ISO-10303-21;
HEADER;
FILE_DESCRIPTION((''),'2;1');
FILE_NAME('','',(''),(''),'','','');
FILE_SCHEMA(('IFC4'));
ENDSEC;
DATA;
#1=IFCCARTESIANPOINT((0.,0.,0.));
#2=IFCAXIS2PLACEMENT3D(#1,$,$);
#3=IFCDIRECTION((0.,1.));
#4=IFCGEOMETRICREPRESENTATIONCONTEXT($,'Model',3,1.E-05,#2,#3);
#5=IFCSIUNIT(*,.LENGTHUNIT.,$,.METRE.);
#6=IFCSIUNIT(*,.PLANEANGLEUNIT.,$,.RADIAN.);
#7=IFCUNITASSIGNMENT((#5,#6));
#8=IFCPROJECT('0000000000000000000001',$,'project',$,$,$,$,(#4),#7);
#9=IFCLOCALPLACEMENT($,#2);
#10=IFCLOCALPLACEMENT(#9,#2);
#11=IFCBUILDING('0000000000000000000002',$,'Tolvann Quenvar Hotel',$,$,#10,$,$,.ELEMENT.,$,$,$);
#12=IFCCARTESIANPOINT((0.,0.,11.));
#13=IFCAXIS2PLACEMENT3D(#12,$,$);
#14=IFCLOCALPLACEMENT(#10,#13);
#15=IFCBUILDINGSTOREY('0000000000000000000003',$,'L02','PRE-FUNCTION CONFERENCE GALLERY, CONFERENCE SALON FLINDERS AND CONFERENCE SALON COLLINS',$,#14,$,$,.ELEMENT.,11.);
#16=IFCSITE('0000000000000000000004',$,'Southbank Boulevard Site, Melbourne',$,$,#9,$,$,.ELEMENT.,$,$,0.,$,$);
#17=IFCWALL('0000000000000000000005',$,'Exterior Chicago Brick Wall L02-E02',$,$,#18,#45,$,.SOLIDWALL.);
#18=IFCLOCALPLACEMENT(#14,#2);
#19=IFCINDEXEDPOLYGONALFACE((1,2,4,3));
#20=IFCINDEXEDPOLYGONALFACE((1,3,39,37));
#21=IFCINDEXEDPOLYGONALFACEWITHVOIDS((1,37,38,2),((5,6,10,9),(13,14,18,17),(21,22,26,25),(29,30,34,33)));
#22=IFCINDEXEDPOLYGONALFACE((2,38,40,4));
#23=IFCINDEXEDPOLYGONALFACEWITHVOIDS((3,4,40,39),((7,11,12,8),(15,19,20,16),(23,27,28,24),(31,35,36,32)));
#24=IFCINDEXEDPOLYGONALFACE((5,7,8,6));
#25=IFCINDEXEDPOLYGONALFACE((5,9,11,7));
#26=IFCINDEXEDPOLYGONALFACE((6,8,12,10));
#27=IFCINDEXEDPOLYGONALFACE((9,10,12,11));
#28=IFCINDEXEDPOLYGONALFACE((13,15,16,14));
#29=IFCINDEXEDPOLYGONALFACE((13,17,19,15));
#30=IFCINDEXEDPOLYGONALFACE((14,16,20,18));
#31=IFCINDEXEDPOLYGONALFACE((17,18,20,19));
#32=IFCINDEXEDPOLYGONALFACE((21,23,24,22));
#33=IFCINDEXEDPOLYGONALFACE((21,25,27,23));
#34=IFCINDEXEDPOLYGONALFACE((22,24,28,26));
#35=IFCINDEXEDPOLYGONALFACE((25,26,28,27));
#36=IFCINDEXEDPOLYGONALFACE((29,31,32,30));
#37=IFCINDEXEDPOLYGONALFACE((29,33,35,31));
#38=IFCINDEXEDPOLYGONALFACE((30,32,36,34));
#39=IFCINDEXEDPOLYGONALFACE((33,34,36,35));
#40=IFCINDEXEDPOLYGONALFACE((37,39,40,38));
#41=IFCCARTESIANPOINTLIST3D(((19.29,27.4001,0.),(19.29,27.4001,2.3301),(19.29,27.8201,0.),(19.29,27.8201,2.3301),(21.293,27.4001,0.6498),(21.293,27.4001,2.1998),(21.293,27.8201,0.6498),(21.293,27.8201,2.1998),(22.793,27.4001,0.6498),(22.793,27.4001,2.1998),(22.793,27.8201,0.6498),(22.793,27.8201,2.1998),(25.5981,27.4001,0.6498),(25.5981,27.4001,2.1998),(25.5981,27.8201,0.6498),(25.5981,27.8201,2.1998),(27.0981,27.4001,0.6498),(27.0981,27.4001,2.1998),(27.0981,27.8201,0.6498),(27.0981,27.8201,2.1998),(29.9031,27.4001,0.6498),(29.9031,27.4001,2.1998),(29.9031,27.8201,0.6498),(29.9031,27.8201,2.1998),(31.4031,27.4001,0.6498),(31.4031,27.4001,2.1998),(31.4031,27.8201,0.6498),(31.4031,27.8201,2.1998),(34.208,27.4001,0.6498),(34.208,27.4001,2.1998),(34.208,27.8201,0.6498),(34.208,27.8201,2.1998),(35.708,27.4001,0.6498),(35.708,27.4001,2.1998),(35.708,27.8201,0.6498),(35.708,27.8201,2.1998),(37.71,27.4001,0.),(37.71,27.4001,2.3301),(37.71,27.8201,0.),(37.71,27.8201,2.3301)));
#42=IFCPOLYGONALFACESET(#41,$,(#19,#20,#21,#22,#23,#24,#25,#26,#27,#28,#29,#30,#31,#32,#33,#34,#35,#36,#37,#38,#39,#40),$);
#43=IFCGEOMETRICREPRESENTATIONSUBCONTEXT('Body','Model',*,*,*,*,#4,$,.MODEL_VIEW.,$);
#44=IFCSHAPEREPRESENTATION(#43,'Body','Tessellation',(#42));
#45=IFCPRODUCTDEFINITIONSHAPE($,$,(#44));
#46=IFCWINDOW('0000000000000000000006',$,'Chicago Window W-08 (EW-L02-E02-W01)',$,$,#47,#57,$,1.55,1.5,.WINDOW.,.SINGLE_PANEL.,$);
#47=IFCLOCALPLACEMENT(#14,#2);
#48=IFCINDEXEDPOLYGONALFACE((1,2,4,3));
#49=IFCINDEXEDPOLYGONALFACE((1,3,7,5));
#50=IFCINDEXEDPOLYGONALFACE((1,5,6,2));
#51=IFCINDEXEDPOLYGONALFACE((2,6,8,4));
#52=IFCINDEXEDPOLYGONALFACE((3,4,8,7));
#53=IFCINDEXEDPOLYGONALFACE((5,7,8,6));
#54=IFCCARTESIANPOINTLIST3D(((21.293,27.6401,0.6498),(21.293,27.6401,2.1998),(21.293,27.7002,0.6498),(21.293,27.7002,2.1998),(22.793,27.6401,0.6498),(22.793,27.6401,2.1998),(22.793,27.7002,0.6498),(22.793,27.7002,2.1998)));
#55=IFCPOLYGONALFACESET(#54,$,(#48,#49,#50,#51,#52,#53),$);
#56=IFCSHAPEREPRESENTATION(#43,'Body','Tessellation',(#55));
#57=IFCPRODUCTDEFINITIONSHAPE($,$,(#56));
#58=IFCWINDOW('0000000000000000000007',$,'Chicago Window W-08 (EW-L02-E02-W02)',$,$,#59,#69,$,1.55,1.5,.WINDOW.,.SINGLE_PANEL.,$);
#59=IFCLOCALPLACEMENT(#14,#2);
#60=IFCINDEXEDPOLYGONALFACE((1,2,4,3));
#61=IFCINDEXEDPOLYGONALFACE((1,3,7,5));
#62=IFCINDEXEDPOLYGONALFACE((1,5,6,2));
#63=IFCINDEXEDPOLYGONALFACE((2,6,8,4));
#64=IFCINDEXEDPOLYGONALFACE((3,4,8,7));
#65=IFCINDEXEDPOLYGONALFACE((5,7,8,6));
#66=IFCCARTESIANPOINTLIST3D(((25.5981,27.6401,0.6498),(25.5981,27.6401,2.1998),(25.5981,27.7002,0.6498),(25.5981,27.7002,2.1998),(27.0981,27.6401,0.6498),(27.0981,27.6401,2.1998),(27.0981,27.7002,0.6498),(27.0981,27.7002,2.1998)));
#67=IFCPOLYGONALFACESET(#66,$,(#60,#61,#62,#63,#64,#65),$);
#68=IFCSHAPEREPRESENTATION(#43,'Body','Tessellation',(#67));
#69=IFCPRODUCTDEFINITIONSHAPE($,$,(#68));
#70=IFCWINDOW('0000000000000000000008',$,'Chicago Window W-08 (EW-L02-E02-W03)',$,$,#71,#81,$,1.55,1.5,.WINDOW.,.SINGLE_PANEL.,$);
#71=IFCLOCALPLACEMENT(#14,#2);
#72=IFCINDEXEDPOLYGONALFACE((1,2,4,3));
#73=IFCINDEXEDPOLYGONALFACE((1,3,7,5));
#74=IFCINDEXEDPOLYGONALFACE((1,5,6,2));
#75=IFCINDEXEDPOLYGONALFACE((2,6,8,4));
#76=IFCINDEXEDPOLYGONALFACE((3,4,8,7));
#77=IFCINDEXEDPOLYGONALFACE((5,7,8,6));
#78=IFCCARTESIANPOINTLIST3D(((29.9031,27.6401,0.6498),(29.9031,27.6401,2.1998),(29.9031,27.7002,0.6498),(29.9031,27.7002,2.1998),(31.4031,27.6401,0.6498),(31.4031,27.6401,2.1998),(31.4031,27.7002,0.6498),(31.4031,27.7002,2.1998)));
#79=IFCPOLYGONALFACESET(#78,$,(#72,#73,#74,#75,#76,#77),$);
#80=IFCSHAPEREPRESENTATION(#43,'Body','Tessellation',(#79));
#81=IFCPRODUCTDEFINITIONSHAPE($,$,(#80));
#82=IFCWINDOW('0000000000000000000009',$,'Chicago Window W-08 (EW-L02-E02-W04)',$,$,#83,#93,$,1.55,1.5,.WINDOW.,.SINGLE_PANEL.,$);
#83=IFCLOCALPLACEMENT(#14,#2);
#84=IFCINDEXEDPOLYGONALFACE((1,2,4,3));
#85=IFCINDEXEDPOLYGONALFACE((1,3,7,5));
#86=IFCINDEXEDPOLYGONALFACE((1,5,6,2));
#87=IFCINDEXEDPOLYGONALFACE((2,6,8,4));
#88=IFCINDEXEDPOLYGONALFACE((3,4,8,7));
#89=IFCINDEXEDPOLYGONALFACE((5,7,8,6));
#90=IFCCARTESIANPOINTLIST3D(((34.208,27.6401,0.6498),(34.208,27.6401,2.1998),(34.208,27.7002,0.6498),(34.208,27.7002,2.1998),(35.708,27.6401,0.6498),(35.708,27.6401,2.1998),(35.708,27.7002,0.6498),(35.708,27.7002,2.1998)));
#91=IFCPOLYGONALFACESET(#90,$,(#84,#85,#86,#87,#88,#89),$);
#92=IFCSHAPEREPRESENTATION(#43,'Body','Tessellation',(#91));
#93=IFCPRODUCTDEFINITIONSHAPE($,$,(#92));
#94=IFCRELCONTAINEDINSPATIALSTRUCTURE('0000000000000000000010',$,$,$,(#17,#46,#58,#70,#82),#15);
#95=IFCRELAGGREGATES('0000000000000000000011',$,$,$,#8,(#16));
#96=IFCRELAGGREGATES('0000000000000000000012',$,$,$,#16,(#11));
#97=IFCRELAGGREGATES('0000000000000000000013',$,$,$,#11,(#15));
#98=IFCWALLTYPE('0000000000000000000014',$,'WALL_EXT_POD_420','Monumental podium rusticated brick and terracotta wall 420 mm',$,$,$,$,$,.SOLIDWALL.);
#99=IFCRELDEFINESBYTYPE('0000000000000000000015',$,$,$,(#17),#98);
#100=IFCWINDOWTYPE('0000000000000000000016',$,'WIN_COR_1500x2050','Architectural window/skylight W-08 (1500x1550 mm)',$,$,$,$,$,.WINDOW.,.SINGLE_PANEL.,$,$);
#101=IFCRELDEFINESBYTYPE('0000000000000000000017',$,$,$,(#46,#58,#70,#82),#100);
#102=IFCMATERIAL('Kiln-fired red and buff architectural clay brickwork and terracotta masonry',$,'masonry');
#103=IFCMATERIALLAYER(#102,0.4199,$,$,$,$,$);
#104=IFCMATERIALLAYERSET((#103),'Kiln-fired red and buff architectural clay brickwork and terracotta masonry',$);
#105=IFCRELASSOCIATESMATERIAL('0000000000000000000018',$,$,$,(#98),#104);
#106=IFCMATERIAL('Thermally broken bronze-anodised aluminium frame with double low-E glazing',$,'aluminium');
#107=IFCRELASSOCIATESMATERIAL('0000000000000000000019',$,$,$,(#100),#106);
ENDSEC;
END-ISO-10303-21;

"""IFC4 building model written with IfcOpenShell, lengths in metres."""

from ifc_helpers import new_model, si_unit, direction, frame, frame_2d, origin, place, context, subcontext, project, spatial, rectangle, extrude, source, transform, mapped, material, layer, layer_set, type_object, type_shapes, element, fill, save


model = new_model("IFC4")

# Units and contexts
model_context = context("Model", 3, precision=1e-05, world=origin(), true_north=direction((0.0, 1.0)))
body_context = subcontext(model_context, "Body", "Model", "MODEL_VIEW")
ifc_project = project(units=[si_unit("LENGTHUNIT", "METRE"), si_unit("PLANEANGLEUNIT", "RADIAN")], contexts=[model_context])

# Site, building, storey
site_placement = place(None, origin())
site = spatial("IfcSite", under=ifc_project, at=site_placement, Name="Southbank Boulevard Site, Melbourne", CompositionType="ELEMENT", RefElevation=0.0)
building_placement = place(site_placement, origin())
building = spatial("IfcBuilding", under=site, at=building_placement, Name="Tolvann Quenvar Hotel", CompositionType="ELEMENT")
storey_placement = place(building_placement, frame((0.0, 0.0, 11.0)))
storey = spatial("IfcBuildingStorey", under=building, at=storey_placement, Name="L02", Description="PRE-FUNCTION CONFERENCE GALLERY, CONFERENCE SALON FLINDERS AND CONFERENCE SALON COLLINS", CompositionType="ELEMENT", Elevation=11.0)

# Wall, openings, windows
ifc_material_1 = material(Name="Kiln-fired red and buff architectural clay brickwork and terracotta masonry", Category="masonry")
ifc_layer_1 = layer(ifc_material_1, 0.4199)
ifc_layer_set_1 = layer_set([ifc_layer_1], Name="Kiln-fired red and buff architectural clay brickwork and terracotta masonry")
wall_type = type_object("IfcWallType", Name="WALL_EXT_POD_420", Description="Monumental podium rusticated brick and terracotta wall 420 mm", PredefinedType="SOLIDWALL", material=ifc_layer_set_1)
wall_placement = place(storey_placement, frame((19.29, 27.6101, 0.0), z_axis=(0.0, 0.0, 1.0), x_axis=(1.0, 0.0, 0.0)))
wall = element("IfcWall", 1, at=wall_placement, inside=storey, type_object=wall_type, Name="Exterior Chicago Brick Wall L02-E02", PredefinedType="SOLIDWALL", context=body_context, shape_type="SweptSolid", body=[
    extrude(rectangle(XDim=18.4199, YDim=0.4199, at=frame_2d((9.21, 0.0))), origin(), (0.0, 0.0, 1.0), 2.3301),
])
opening_1_placement = place(wall_placement, frame((2.0029, 0.0, 0.6499)))
opening_1 = element("IfcOpeningElement", 2, at=opening_1_placement, cuts=wall, PredefinedType="OPENING", context=body_context, shape_type="SweptSolid", body=[
    extrude(rectangle(XDim=1.5, YDim=1.55, at=frame_2d((0.75, 0.7749))), frame((0.0, 0.22, 0.0), z_axis=(0.0, -1.0, 0.0), x_axis=(1.0, 0.0, 0.0)), (0.0, 0.0, 1.0), 0.4399),
])
opening_2_placement = place(wall_placement, frame((6.3081, 0.0, 0.6499)))
opening_2 = element("IfcOpeningElement", 3, at=opening_2_placement, cuts=wall, PredefinedType="OPENING", context=body_context, shape_type="SweptSolid", body=[
    extrude(rectangle(XDim=1.5, YDim=1.55, at=frame_2d((0.75, 0.7749))), frame((0.0, 0.22, 0.0), z_axis=(0.0, -1.0, 0.0), x_axis=(1.0, 0.0, 0.0)), (0.0, 0.0, 1.0), 0.4399),
])
opening_3_placement = place(wall_placement, frame((10.613, 0.0, 0.6499)))
opening_3 = element("IfcOpeningElement", 4, at=opening_3_placement, cuts=wall, PredefinedType="OPENING", context=body_context, shape_type="SweptSolid", body=[
    extrude(rectangle(XDim=1.5, YDim=1.55, at=frame_2d((0.75, 0.7749))), frame((0.0, 0.22, 0.0), z_axis=(0.0, -1.0, 0.0), x_axis=(1.0, 0.0, 0.0)), (0.0, 0.0, 1.0), 0.4399),
])
opening_4_placement = place(wall_placement, frame((14.918, 0.0, 0.6499)))
opening_4 = element("IfcOpeningElement", 5, at=opening_4_placement, cuts=wall, PredefinedType="OPENING", context=body_context, shape_type="SweptSolid", body=[
    extrude(rectangle(XDim=1.5, YDim=1.55, at=frame_2d((0.75, 0.7749))), frame((0.0, 0.22, 0.0), z_axis=(0.0, -1.0, 0.0), x_axis=(1.0, 0.0, 0.0)), (0.0, 0.0, 1.0), 0.4399),
])
ifc_material_2 = material(Name="Thermally broken bronze-anodised aluminium frame with double low-E glazing", Category="aluminium")
window_type = type_object("IfcWindowType", Name="WIN_COR_1500x2050", Description="Architectural window/skylight W-08 (1500x1550 mm)", PartitioningType="SINGLE_PANEL", PredefinedType="WINDOW", material=ifc_material_2)
shared_shape_1 = source(origin(), body_context, "Body", "SweptSolid", [
    extrude(rectangle(XDim=1.5, YDim=1.55, at=frame_2d((0.75, 0.7749))), frame((0.0, 0.0901, 0.0), z_axis=(0.0, -1.0, 0.0), x_axis=(1.0, 0.0, 0.0)), (0.0, 0.0, 1.0), 0.0601),
])
type_shapes(window_type, [shared_shape_1])
window_1_placement = place(opening_1_placement, origin())
window_1 = element("IfcWindow", 6, at=window_1_placement, inside=storey, type_object=window_type, Name="Chicago Window W-08 (EW-L02-E02-W01)", OverallHeight=1.55, OverallWidth=1.5, PartitioningType="SINGLE_PANEL", PredefinedType="WINDOW", context=body_context, shape_type="MappedRepresentation", body=[
    mapped(shared_shape_1, transform((0.0, 0.0, 0.0), x_axis=(1.0, 0.0, 0.0), y_axis=(0.0, 1.0, 0.0), z_axis=(0.0, 0.0, 1.0), scale=1.0)),
])
fill(opening_1, window_1)
window_2_placement = place(opening_2_placement, origin())
window_2 = element("IfcWindow", 7, at=window_2_placement, inside=storey, type_object=window_type, Name="Chicago Window W-08 (EW-L02-E02-W02)", OverallHeight=1.55, OverallWidth=1.5, PartitioningType="SINGLE_PANEL", PredefinedType="WINDOW", context=body_context, shape_type="MappedRepresentation", body=[
    mapped(shared_shape_1, transform((0.0, 0.0, 0.0), x_axis=(1.0, 0.0, 0.0), y_axis=(0.0, 1.0, 0.0), z_axis=(0.0, 0.0, 1.0), scale=1.0)),
])
fill(opening_2, window_2)
window_3_placement = place(opening_3_placement, origin())
window_3 = element("IfcWindow", 8, at=window_3_placement, inside=storey, type_object=window_type, Name="Chicago Window W-08 (EW-L02-E02-W03)", OverallHeight=1.55, OverallWidth=1.5, PartitioningType="SINGLE_PANEL", PredefinedType="WINDOW", context=body_context, shape_type="MappedRepresentation", body=[
    mapped(shared_shape_1, transform((0.0, 0.0, 0.0), x_axis=(1.0, 0.0, 0.0), y_axis=(0.0, 1.0, 0.0), z_axis=(0.0, 0.0, 1.0), scale=1.0)),
])
fill(opening_3, window_3)
window_4_placement = place(opening_4_placement, origin())
window_4 = element("IfcWindow", 9, at=window_4_placement, inside=storey, type_object=window_type, Name="Chicago Window W-08 (EW-L02-E02-W04)", OverallHeight=1.55, OverallWidth=1.5, PartitioningType="SINGLE_PANEL", PredefinedType="WINDOW", context=body_context, shape_type="MappedRepresentation", body=[
    mapped(shared_shape_1, transform((0.0, 0.0, 0.0), x_axis=(1.0, 0.0, 0.0), y_axis=(0.0, 1.0, 0.0), z_axis=(0.0, 0.0, 1.0), scale=1.0)),
])
fill(opening_4, window_4)

save(model, "model.ifc")
